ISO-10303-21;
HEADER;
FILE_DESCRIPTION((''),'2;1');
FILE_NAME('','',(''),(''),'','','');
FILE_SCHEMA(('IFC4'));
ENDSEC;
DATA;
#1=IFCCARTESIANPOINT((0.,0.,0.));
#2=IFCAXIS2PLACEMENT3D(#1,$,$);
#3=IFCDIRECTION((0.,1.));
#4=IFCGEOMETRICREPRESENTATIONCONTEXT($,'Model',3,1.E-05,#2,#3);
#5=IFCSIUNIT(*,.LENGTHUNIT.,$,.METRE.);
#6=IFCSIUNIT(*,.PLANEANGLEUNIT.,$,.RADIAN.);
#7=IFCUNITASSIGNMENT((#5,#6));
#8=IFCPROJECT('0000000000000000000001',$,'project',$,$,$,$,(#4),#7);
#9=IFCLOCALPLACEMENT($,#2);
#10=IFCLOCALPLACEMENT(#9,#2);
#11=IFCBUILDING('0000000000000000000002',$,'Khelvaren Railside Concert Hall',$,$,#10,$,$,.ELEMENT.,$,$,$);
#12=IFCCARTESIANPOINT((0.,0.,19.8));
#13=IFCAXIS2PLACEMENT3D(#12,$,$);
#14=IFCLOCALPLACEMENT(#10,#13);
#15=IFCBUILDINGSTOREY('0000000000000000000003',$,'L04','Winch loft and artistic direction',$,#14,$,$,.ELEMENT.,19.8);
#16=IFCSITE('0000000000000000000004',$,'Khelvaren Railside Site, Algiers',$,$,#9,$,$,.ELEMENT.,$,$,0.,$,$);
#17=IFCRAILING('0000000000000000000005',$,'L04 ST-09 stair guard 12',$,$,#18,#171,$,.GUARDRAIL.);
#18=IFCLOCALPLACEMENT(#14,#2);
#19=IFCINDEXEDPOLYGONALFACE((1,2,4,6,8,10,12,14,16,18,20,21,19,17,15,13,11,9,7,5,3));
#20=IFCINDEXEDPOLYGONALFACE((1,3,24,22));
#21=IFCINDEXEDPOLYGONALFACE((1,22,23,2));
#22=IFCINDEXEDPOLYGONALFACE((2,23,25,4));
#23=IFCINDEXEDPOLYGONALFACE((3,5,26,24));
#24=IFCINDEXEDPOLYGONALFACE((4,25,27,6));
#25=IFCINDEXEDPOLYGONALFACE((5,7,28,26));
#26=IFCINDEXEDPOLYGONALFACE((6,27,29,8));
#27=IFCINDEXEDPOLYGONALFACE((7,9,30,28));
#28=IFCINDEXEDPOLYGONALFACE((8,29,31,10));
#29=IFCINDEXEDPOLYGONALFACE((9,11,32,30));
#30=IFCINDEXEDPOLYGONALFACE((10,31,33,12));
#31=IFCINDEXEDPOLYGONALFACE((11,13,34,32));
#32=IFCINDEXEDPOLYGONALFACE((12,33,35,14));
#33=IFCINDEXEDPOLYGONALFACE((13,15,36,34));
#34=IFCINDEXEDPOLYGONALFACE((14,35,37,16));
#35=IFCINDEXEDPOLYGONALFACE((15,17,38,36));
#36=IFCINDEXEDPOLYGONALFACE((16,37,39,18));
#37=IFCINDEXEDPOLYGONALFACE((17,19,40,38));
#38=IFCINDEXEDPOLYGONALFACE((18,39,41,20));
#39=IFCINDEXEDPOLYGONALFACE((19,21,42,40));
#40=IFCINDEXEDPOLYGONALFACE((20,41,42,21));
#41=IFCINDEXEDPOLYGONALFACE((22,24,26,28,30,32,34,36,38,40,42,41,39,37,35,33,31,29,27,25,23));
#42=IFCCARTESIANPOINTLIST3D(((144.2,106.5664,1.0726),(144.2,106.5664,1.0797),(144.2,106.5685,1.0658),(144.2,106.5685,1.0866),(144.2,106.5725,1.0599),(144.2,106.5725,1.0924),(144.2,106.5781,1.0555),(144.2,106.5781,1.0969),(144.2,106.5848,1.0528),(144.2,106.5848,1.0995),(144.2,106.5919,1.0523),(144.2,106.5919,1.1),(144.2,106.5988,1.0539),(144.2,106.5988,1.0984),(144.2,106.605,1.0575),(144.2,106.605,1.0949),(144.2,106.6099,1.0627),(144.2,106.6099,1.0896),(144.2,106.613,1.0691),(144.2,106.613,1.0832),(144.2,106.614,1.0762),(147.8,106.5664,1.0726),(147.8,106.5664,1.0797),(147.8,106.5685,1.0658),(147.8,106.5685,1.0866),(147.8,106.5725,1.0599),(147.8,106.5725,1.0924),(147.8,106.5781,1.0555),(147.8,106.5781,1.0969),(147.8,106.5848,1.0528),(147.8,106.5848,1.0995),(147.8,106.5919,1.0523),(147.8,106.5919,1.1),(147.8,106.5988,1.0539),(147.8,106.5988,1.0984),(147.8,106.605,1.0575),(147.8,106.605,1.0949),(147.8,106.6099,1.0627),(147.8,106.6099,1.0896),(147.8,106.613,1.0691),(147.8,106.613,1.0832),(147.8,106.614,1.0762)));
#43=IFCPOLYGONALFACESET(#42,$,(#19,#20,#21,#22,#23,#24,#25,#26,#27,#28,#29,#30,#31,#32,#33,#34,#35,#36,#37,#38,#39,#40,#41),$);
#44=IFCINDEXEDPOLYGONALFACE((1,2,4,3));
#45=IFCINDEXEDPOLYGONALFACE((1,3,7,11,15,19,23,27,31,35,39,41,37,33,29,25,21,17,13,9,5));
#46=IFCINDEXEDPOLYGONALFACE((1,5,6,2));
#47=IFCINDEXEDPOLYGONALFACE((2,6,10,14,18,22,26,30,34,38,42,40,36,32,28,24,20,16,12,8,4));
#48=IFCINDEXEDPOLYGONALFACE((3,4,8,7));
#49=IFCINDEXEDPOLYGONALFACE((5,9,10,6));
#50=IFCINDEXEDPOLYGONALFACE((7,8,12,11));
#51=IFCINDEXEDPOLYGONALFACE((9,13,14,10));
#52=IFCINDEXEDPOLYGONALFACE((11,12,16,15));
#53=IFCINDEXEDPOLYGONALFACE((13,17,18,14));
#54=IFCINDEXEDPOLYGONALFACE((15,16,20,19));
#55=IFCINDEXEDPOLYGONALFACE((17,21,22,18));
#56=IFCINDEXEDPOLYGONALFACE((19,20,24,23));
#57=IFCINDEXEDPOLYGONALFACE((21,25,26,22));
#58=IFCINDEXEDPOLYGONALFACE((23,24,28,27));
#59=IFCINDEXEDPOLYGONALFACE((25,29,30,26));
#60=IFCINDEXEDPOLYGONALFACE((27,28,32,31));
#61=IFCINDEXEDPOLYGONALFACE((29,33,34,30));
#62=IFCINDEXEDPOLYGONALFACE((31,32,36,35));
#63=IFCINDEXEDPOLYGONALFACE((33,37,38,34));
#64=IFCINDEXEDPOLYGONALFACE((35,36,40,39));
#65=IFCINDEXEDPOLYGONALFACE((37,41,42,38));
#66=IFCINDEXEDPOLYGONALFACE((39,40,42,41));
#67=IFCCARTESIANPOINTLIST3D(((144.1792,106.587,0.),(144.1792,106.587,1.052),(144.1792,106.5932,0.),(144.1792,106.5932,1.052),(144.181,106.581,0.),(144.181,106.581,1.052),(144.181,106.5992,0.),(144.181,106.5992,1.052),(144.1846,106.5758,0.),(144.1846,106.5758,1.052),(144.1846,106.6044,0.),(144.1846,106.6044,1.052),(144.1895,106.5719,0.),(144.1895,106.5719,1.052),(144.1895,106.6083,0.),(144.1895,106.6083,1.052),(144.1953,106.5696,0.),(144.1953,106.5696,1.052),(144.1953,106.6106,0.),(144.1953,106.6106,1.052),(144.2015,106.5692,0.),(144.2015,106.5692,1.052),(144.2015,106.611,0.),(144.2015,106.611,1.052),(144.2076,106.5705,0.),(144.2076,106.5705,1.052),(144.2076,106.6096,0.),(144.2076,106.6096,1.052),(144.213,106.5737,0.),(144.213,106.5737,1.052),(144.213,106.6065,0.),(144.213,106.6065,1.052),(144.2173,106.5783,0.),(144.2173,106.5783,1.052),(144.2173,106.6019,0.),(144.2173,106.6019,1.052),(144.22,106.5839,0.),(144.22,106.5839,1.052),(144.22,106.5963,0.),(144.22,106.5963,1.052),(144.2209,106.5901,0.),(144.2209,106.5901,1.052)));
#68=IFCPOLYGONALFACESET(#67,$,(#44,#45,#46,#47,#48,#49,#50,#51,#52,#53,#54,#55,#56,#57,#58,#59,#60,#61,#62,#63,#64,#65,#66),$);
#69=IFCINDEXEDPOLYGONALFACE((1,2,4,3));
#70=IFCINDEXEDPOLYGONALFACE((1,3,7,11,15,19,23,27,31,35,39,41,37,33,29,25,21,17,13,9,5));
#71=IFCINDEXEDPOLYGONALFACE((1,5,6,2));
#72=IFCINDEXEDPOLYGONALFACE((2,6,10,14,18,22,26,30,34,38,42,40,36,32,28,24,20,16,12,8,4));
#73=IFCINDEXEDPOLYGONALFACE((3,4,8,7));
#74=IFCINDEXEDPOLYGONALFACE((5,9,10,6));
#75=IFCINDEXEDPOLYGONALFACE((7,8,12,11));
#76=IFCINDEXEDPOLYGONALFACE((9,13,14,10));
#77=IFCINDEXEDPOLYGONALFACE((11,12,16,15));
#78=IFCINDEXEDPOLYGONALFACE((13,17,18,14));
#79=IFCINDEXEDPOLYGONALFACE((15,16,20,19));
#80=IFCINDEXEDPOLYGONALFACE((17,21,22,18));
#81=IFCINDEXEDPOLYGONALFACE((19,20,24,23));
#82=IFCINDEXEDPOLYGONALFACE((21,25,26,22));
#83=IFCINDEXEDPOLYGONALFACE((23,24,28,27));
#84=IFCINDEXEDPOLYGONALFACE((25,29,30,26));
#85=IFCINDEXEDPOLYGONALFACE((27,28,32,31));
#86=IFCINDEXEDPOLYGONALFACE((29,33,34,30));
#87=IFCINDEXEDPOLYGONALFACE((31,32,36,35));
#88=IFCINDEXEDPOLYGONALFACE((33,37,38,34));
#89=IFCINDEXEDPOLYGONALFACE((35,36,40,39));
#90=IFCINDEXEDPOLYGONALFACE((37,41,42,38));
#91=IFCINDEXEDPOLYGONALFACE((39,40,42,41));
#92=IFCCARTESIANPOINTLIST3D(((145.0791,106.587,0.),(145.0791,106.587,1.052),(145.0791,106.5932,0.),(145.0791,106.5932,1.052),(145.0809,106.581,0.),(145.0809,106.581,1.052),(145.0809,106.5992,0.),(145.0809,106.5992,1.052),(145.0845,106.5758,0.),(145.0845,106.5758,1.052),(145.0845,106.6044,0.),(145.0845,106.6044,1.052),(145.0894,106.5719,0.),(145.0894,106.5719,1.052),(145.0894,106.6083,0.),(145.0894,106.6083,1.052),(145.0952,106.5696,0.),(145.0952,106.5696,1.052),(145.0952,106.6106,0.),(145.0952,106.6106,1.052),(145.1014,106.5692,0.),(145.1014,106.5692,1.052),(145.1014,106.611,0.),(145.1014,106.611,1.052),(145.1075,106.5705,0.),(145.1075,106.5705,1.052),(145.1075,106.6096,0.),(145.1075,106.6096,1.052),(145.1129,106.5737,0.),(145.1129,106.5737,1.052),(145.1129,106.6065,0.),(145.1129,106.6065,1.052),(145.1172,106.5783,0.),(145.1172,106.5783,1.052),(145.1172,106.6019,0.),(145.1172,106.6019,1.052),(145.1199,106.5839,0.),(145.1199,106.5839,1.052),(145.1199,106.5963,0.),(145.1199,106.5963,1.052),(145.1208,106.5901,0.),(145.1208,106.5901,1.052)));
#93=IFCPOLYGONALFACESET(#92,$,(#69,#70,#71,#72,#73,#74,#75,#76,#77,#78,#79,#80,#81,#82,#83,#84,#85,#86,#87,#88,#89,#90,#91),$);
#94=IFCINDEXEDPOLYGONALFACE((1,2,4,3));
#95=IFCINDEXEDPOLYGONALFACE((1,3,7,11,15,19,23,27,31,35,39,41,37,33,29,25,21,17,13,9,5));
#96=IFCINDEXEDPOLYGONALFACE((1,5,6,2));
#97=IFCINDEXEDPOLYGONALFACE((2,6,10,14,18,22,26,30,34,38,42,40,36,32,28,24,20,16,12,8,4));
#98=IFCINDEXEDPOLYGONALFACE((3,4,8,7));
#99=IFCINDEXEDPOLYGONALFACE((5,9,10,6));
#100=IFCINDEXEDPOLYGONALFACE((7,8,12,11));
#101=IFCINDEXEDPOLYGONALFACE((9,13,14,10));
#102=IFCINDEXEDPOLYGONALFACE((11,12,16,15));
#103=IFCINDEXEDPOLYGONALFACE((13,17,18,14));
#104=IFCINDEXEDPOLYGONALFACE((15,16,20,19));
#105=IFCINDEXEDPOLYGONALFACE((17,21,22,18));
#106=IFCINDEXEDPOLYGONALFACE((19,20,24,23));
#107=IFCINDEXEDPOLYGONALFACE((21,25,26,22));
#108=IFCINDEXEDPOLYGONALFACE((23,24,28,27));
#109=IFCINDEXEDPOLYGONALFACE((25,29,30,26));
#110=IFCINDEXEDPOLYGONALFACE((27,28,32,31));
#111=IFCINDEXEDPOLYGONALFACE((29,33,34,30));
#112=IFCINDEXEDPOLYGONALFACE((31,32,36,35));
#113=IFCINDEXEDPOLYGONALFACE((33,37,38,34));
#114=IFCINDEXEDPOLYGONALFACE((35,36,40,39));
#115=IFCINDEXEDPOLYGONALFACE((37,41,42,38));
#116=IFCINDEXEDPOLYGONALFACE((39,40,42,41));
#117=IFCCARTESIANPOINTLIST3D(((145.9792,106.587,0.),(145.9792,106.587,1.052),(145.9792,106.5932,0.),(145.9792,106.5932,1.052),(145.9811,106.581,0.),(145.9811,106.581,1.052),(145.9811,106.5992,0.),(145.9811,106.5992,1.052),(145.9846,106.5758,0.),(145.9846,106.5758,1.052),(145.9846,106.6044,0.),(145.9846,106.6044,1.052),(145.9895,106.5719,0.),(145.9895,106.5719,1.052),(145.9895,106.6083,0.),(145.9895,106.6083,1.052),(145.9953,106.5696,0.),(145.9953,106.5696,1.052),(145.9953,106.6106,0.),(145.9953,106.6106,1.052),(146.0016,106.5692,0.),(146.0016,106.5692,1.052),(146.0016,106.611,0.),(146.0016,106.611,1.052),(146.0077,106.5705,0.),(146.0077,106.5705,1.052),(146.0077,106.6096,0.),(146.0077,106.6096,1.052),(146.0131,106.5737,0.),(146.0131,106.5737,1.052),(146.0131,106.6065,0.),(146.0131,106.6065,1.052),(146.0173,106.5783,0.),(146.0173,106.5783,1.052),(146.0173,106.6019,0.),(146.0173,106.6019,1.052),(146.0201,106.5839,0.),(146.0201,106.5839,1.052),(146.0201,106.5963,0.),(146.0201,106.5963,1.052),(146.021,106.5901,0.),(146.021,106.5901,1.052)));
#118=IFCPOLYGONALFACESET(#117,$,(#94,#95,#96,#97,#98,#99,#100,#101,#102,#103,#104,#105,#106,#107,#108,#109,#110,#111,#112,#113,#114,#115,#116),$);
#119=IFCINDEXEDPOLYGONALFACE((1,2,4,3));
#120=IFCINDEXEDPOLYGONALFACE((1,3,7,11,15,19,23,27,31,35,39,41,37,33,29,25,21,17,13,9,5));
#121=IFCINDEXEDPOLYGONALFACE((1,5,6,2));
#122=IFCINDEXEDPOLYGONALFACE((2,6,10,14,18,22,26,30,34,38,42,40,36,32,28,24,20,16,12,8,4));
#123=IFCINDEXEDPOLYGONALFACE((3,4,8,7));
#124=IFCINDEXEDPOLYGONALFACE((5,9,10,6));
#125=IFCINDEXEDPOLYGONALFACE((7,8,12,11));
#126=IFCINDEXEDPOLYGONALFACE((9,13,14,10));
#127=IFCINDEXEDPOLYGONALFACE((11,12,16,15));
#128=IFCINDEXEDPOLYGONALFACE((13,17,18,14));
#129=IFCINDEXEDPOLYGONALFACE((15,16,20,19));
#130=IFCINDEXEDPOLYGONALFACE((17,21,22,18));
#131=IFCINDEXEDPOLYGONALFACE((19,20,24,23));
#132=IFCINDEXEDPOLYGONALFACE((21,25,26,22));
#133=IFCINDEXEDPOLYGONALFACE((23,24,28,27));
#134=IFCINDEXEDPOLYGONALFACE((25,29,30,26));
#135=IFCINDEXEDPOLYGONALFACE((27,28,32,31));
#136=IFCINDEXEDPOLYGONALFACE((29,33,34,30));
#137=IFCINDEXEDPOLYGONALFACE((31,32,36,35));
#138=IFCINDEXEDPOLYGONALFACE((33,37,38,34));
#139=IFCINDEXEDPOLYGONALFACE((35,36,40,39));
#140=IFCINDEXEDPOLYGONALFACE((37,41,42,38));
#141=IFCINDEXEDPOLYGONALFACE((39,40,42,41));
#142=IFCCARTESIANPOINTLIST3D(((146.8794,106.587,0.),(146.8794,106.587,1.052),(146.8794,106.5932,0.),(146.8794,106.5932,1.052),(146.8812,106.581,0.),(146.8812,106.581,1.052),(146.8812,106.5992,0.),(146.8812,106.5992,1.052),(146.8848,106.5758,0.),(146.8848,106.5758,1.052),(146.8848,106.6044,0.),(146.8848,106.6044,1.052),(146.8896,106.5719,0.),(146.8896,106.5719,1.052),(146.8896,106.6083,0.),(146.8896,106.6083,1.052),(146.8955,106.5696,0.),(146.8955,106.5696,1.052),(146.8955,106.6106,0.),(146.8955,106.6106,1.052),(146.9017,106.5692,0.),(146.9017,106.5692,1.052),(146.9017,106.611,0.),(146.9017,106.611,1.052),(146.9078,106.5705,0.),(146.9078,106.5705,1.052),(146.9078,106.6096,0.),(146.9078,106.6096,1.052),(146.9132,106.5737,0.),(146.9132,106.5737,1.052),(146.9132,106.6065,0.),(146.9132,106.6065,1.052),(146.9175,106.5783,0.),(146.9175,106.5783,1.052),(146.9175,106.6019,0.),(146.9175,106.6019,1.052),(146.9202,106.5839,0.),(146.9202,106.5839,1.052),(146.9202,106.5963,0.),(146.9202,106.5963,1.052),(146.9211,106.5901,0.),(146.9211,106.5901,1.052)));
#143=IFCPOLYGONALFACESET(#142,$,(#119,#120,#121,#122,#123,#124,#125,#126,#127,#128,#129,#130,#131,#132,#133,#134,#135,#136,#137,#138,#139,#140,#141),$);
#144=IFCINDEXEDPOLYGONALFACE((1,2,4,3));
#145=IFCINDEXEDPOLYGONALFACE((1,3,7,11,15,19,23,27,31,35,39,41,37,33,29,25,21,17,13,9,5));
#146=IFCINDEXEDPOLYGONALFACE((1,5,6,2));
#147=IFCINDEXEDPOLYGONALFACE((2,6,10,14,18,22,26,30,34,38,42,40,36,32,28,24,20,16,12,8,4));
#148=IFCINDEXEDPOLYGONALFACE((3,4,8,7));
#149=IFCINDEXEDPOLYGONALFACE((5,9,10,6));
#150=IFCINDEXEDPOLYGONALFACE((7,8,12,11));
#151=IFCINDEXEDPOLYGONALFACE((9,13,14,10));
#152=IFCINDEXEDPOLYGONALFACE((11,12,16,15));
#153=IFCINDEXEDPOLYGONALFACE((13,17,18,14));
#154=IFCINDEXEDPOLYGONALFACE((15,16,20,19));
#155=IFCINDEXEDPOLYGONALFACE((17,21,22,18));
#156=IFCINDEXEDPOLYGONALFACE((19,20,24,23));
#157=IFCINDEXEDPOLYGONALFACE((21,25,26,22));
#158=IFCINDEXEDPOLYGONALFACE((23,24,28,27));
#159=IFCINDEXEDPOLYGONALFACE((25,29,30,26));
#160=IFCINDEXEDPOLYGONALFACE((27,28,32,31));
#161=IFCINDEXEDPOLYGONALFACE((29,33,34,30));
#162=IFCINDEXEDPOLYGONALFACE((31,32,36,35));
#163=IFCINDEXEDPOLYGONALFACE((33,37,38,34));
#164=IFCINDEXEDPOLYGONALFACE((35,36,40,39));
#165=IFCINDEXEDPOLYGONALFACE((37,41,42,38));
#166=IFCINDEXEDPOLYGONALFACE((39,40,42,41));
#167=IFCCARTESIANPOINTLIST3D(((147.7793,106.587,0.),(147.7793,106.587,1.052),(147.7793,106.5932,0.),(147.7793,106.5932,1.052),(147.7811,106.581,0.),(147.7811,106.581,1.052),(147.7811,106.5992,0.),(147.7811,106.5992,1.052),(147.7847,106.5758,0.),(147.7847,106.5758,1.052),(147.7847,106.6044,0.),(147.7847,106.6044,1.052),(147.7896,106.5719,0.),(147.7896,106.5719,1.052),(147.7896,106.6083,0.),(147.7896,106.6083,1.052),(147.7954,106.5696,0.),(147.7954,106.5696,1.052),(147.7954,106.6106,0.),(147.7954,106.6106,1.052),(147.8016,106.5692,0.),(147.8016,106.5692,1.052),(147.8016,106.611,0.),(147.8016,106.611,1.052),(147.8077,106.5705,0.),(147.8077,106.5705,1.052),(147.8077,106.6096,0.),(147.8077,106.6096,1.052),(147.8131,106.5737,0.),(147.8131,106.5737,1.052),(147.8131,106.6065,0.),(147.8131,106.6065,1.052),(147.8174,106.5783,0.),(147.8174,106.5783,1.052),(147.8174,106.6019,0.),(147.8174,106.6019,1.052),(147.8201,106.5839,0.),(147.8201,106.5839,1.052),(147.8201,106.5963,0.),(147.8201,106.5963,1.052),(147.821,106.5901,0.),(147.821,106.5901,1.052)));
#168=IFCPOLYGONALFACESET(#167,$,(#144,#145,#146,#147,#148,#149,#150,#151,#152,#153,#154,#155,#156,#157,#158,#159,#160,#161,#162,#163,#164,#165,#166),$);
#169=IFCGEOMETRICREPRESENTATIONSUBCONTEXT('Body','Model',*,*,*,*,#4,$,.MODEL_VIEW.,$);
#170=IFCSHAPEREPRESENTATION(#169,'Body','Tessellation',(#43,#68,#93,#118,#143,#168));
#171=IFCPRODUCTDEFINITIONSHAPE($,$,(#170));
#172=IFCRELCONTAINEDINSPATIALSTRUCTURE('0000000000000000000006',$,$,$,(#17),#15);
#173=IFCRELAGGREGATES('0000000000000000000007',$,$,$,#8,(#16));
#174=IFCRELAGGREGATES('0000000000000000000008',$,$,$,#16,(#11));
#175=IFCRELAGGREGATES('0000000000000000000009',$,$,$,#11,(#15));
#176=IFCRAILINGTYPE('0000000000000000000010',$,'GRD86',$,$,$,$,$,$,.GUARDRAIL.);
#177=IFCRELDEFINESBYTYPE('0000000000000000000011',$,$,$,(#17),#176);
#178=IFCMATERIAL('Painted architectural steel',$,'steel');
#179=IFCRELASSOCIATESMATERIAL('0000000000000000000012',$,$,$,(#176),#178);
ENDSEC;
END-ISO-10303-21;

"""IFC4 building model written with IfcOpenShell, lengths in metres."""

from ifc_helpers import new_model, si_unit, direction, frame, origin, origin_2d, place, context, subcontext, project, spatial, circle, extrude, material, type_object, element, save


model = new_model("IFC4")

# Units and contexts
model_context = context("Model", 3, precision=1e-05, world=origin(), true_north=direction((0.0, 1.0)))
body_context = subcontext(model_context, "Body", "Model", "MODEL_VIEW")
ifc_project = project(units=[si_unit("LENGTHUNIT", "METRE"), si_unit("PLANEANGLEUNIT", "RADIAN")], contexts=[model_context])

# Site, building, storey
site_placement = place(None, origin())
site = spatial("IfcSite", under=ifc_project, at=site_placement, Name="Khelvaren Railside Site, Algiers", CompositionType="ELEMENT", RefElevation=0.0)
building_placement = place(site_placement, origin())
building = spatial("IfcBuilding", under=site, at=building_placement, Name="Khelvaren Railside Concert Hall", CompositionType="ELEMENT")
storey_placement = place(building_placement, frame((0.0, 0.0, 19.8)))
storey = spatial("IfcBuildingStorey", under=building, at=storey_placement, Name="L04", Description="Winch loft and artistic direction", CompositionType="ELEMENT", Elevation=19.8)

# Railing
ifc_material_1 = material(Name="Painted architectural steel", Category="steel")
railing_type = type_object("IfcRailingType", Name="GRD86", PredefinedType="GUARDRAIL", material=ifc_material_1)
railing_1_placement = place(storey_placement, frame((144.2, 106.5901, 0.0)))
element("IfcRailing", 1, at=railing_1_placement, inside=storey, type_object=railing_type, Name="L04 ST-09 stair guard 12", PredefinedType="GUARDRAIL", context=body_context, shape_type="SweptSolid", body=[
    extrude(circle(Radius=0.0239, at=origin_2d()), frame((0.0, 0.0, 1.0762), z_axis=(1.0, 0.0, 0.0), x_axis=(0.0, 1.0, 0.0)), (0.0, 0.0, 1.0), 3.6001),
    extrude(circle(Radius=0.021, at=origin_2d()), origin(), (0.0, 0.0, 1.0), 1.052),
    extrude(circle(Radius=0.021, at=origin_2d()), frame((0.8999, 0.0, 0.0)), (0.0, 0.0, 1.0), 1.052),
    extrude(circle(Radius=0.021, at=origin_2d()), frame((1.8, 0.0, 0.0)), (0.0, 0.0, 1.0), 1.052),
    extrude(circle(Radius=0.021, at=origin_2d()), frame((2.7002, 0.0, 0.0)), (0.0, 0.0, 1.0), 1.052),
    extrude(circle(Radius=0.021, at=origin_2d()), frame((3.6001, 0.0, 0.0)), (0.0, 0.0, 1.0), 1.052),
])

save(model, "model.ifc")
